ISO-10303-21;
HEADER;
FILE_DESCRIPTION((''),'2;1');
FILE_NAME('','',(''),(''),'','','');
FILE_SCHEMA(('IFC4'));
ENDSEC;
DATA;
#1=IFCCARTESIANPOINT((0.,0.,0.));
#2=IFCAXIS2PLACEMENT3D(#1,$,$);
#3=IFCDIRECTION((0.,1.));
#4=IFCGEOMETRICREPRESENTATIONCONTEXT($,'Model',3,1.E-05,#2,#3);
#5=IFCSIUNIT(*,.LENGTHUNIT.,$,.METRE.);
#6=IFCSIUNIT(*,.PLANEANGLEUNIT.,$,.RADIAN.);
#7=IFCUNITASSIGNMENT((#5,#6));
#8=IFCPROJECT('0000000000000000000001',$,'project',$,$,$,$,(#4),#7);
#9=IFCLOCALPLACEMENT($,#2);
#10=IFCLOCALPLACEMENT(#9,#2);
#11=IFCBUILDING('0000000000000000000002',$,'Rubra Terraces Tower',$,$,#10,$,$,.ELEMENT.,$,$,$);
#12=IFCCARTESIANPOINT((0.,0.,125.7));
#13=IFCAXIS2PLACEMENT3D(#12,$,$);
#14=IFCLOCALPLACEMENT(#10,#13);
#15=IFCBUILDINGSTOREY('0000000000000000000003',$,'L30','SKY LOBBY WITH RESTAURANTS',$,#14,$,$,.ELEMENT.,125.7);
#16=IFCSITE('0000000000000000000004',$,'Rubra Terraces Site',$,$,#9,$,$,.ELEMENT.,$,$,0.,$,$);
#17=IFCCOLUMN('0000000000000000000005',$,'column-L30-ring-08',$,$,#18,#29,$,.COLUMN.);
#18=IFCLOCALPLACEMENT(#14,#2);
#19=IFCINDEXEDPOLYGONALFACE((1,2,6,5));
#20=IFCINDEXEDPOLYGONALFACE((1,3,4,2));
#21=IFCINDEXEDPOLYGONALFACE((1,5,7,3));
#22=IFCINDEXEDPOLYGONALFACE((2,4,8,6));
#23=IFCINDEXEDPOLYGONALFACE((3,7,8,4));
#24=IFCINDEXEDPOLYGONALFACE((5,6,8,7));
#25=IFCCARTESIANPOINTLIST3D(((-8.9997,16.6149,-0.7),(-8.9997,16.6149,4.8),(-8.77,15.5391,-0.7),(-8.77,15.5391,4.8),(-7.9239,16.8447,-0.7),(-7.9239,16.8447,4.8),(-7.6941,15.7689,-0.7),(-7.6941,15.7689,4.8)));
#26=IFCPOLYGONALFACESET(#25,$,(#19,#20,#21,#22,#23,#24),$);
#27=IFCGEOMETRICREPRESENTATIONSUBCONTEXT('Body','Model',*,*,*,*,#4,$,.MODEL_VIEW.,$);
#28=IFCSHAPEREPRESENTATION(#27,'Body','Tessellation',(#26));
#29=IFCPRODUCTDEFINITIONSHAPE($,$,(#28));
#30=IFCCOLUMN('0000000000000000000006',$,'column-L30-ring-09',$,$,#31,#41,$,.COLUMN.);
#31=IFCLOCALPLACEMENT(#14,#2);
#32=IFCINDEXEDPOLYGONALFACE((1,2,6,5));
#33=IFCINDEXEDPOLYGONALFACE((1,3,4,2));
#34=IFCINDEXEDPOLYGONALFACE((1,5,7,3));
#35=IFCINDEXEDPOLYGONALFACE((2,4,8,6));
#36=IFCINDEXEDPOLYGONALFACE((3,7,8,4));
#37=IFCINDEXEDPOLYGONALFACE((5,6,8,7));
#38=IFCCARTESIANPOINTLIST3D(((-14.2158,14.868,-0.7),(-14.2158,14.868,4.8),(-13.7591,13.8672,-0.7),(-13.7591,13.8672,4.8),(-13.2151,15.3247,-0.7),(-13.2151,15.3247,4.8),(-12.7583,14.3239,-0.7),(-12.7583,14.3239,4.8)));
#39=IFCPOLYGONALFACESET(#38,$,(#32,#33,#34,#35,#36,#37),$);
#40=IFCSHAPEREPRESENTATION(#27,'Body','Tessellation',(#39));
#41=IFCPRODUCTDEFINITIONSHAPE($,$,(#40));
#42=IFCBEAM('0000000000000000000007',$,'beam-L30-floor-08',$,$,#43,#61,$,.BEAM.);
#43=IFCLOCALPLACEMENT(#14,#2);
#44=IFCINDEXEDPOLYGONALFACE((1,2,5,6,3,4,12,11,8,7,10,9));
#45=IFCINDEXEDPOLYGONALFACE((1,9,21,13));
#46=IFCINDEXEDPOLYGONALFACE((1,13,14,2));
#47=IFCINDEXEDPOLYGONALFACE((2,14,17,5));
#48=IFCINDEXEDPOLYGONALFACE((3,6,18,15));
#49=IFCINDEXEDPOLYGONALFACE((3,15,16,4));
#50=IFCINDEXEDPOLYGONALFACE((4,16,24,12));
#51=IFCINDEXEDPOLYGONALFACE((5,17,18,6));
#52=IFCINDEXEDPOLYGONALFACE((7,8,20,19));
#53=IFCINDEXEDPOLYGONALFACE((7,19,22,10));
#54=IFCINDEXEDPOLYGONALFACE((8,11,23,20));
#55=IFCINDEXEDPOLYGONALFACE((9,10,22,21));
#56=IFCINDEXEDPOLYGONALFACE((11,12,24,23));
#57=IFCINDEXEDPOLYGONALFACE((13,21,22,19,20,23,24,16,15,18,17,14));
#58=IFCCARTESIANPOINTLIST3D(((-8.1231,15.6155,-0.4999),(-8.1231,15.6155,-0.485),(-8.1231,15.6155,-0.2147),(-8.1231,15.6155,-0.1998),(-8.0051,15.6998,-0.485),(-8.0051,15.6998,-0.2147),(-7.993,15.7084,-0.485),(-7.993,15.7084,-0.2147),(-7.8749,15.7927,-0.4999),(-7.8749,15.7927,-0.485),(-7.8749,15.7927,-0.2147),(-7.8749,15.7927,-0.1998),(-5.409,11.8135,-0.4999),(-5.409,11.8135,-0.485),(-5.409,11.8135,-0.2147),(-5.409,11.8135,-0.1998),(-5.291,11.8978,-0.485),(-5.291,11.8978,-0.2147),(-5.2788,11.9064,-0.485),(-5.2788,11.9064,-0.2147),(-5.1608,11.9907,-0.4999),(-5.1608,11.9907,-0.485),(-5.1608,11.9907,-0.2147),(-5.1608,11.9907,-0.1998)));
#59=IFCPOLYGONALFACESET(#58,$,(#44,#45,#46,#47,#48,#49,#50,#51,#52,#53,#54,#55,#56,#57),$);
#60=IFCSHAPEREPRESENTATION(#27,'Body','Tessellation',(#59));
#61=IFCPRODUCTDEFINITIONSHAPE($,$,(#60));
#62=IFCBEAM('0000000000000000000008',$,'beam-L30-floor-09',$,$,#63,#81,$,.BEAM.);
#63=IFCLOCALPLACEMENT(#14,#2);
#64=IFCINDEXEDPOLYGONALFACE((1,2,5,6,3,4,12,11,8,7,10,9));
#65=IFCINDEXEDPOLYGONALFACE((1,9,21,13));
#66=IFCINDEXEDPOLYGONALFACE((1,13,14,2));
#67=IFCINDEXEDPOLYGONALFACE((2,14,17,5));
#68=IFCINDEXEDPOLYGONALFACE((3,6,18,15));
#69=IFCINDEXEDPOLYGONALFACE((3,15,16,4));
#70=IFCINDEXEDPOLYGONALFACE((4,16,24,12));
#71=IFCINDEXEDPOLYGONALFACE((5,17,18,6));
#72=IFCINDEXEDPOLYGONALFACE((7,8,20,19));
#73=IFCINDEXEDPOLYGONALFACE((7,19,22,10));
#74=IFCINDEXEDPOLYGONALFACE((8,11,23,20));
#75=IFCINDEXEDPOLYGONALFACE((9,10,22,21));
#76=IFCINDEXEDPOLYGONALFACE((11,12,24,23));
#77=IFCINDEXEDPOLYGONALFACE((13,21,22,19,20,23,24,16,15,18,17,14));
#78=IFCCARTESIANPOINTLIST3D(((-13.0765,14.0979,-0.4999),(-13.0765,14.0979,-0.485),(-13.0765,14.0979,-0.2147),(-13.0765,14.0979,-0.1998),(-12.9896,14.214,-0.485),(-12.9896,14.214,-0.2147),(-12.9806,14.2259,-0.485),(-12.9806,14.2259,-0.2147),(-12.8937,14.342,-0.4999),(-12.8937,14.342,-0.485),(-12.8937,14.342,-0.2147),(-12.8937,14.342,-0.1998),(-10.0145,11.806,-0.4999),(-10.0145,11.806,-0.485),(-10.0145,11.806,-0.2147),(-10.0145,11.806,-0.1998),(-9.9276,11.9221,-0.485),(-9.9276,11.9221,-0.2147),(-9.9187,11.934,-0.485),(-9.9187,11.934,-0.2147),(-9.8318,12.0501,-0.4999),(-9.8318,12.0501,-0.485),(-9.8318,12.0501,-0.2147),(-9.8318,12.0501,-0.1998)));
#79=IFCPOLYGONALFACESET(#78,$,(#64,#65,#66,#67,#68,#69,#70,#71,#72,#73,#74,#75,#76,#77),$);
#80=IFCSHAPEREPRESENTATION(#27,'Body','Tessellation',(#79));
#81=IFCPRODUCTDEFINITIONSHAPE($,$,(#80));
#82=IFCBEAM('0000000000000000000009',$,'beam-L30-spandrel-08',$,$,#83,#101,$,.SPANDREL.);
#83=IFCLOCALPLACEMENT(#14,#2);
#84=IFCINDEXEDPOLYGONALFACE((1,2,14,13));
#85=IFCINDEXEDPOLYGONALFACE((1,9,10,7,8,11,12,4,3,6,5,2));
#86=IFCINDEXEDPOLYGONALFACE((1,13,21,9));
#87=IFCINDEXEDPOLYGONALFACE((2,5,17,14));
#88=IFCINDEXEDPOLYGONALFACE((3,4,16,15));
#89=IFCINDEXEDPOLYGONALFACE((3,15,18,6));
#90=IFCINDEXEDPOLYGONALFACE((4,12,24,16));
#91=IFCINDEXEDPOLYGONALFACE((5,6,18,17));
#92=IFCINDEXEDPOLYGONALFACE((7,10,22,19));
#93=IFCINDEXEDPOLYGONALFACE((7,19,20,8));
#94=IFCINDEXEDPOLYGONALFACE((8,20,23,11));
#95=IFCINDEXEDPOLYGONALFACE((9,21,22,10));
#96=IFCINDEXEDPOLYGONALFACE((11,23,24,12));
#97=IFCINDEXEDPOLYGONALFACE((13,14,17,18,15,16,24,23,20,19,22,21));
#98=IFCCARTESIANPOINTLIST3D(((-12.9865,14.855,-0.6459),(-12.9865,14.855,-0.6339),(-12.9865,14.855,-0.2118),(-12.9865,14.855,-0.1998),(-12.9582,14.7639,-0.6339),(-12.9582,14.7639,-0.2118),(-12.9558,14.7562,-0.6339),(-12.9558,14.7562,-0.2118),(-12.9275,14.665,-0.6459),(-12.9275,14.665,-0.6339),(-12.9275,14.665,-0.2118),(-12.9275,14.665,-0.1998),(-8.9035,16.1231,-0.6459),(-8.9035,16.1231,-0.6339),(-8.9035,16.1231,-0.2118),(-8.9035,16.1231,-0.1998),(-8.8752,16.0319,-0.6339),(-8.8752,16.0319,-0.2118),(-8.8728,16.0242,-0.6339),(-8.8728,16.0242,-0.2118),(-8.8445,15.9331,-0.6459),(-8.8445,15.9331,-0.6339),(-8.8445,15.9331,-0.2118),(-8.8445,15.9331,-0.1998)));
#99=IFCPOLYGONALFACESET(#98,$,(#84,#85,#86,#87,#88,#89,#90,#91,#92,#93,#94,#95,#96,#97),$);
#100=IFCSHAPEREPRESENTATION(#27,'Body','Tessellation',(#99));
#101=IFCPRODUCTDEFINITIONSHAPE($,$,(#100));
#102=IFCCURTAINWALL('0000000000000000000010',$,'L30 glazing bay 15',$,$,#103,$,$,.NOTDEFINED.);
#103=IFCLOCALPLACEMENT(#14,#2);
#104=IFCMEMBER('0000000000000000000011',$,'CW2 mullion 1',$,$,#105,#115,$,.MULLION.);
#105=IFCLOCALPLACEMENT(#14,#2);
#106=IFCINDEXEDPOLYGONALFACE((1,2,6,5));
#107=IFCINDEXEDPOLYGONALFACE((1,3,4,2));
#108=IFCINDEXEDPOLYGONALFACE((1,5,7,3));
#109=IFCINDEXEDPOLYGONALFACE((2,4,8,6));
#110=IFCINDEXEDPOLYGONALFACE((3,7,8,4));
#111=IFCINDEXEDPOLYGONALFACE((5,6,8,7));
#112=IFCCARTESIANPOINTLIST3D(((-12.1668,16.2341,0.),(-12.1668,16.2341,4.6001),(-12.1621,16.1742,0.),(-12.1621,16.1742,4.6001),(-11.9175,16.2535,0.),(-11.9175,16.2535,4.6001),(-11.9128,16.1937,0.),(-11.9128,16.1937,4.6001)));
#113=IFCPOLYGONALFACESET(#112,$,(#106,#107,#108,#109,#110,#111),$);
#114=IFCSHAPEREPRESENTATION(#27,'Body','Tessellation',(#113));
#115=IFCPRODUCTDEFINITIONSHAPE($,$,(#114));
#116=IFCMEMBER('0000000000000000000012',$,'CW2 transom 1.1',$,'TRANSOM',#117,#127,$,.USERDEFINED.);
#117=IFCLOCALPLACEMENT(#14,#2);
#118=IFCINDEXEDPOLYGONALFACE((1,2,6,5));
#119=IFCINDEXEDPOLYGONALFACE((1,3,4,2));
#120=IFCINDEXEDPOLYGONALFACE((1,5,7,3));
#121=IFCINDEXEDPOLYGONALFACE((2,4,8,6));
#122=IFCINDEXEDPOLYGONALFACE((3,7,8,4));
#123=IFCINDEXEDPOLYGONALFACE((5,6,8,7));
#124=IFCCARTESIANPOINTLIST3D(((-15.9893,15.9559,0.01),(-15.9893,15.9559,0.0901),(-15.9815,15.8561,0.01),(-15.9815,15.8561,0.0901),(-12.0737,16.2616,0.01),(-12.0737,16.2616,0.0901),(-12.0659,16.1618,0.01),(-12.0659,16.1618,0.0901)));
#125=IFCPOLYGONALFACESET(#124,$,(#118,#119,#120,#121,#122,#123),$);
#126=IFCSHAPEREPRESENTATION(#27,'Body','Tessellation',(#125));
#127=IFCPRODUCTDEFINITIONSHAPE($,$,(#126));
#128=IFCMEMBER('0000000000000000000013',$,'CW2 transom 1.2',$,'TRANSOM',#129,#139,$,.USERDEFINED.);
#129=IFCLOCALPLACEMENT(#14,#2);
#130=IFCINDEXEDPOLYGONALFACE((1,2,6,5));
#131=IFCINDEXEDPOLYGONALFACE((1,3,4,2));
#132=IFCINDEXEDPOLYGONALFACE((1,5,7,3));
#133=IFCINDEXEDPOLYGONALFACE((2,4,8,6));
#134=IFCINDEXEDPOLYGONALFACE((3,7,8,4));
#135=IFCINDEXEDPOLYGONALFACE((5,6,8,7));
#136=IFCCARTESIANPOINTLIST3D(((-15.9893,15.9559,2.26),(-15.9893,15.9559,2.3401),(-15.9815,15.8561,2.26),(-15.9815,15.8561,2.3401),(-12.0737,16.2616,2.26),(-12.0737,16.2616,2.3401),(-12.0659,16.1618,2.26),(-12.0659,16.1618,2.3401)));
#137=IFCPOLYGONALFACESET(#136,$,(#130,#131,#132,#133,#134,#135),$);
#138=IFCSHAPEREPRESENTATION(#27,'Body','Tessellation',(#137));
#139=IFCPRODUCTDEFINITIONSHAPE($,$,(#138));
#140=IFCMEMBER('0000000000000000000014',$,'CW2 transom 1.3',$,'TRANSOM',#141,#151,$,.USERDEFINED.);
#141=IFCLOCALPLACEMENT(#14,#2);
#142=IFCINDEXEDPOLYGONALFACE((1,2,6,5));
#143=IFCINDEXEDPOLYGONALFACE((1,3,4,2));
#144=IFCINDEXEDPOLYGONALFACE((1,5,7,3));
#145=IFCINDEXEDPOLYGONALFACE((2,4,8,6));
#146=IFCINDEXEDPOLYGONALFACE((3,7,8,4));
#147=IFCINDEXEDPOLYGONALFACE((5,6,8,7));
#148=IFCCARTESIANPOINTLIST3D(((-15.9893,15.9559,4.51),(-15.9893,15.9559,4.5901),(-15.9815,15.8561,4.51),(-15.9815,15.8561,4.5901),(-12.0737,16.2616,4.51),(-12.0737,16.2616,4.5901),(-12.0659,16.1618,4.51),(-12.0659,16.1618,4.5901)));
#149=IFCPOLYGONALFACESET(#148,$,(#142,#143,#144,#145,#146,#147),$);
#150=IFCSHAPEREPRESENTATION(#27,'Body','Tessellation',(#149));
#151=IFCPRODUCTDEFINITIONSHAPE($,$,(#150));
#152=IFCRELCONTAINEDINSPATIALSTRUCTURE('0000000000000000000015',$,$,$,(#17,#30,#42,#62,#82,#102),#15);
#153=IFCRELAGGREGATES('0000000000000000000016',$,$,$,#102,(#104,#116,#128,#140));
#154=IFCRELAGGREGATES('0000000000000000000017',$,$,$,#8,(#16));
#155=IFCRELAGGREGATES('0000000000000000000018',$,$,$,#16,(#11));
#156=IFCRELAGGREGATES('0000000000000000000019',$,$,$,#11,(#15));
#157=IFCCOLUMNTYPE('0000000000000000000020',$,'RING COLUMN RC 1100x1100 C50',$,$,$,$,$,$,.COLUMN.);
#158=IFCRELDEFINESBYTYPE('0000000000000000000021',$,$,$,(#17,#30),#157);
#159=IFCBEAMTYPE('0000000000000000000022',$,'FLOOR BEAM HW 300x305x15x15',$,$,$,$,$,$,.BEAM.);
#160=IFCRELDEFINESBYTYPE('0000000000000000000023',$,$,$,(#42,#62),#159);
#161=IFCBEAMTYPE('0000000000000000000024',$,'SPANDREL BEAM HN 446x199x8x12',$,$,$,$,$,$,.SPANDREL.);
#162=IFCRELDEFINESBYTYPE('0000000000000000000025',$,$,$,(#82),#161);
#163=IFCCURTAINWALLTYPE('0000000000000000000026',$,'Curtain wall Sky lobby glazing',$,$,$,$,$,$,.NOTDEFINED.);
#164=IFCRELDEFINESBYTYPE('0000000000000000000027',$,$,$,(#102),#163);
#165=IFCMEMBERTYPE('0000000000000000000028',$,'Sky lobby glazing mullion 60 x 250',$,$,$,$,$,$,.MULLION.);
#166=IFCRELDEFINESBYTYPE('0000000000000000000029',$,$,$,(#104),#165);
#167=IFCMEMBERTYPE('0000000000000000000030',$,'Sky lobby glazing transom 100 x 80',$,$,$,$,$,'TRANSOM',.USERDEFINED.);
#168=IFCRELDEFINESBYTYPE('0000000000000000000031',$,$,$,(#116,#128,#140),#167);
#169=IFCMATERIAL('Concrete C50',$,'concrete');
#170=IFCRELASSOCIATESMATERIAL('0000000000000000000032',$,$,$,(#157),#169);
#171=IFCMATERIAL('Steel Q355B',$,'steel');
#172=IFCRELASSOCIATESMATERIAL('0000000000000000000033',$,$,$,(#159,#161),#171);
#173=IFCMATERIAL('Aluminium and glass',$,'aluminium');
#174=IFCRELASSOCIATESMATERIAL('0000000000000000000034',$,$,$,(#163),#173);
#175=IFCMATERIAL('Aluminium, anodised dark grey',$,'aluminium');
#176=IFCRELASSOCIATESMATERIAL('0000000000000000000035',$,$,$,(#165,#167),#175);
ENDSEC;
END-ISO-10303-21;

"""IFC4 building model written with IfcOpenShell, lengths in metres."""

from ifc_helpers import new_model, si_unit, direction, frame, origin, origin_2d, place, context, subcontext, project, spatial, rectangle, i_section, extrude, material, material_profile, profile_set, type_object, element, aggregate, save


model = new_model("IFC4")

# Units and contexts
model_context = context("Model", 3, precision=1e-05, world=origin(), true_north=direction((0.0, 1.0)))
body_context = subcontext(model_context, "Body", "Model", "MODEL_VIEW")
ifc_project = project(units=[si_unit("LENGTHUNIT", "METRE"), si_unit("PLANEANGLEUNIT", "RADIAN")], contexts=[model_context])

# Site, building, storey
site_placement = place(None, origin())
site = spatial("IfcSite", under=ifc_project, at=site_placement, Name="Rubra Terraces Site", CompositionType="ELEMENT", RefElevation=0.0)
building_placement = place(site_placement, origin())
building = spatial("IfcBuilding", under=site, at=building_placement, Name="Rubra Terraces Tower", CompositionType="ELEMENT")
storey_placement = place(building_placement, frame((0.0, 0.0, 125.7)))
storey = spatial("IfcBuildingStorey", under=building, at=storey_placement, Name="L30", Description="SKY LOBBY WITH RESTAURANTS", CompositionType="ELEMENT", Elevation=125.7)

# Columns
ifc_material_1 = material(Name="Concrete C50", Category="concrete")
ifc_material_profile_1 = material_profile(ifc_material_1, rectangle(XDim=1.1001, YDim=1.1001, at=origin_2d()), Name="RC 1100x1100")
ifc_profile_set_1 = profile_set([ifc_material_profile_1], Name="Concrete C50")
column_type = type_object("IfcColumnType", Name="RING COLUMN RC 1100x1100 C50", PredefinedType="COLUMN", material=ifc_profile_set_1)
for number, where, z_axis, x_axis, name in (
    (1, (-8.3469, 16.1919, -0.7), (0.0, 0.0, 1.0), (-0.977944, -0.208867, 0.0), "column-L30-ring-08"),
    (2, (-13.4871, 14.5959, -0.7), (0.0, 0.0, 1.0), (-0.909726, -0.415208, 0.0), "column-L30-ring-09"),
):
    element("IfcColumn", number, at=place(storey_placement, frame(where, z_axis=z_axis, x_axis=x_axis)), inside=storey, type_object=column_type, Name=name, PredefinedType="COLUMN", context=body_context, shape_type="SweptSolid", body=[
        extrude(rectangle(XDim=1.1001, YDim=1.1001, at=origin_2d()), origin(), (0.0, 0.0, 1.0), 5.5),
    ])

# Beams
ifc_material_2 = material(Name="Steel Q355B", Category="steel")
ifc_material_profile_2 = material_profile(ifc_material_2, i_section(OverallWidth=0.3049, OverallDepth=0.3, WebThickness=0.0149, FlangeThickness=0.0149, at=origin_2d()), Name="HW 300x305x15x15")
ifc_profile_set_2 = profile_set([ifc_material_profile_2], Name="Steel Q355B")
beam_type_1 = type_object("IfcBeamType", Name="FLOOR BEAM HW 300x305x15x15", PredefinedType="BEAM", material=ifc_profile_set_2)
beam_1_placement = place(storey_placement, frame((-7.999, 15.7041, -0.3499), z_axis=(0.581011, -0.813896, 0.0), x_axis=(0.813896, 0.581011, 0.0)))
element("IfcBeam", 3, at=beam_1_placement, inside=storey, type_object=beam_type_1, Name="beam-L30-floor-08", PredefinedType="BEAM", context=body_context, shape_type="SweptSolid", body=[
    extrude(i_section(OverallWidth=0.3049, OverallDepth=0.3, WebThickness=0.0149, FlangeThickness=0.0149, at=origin_2d()), origin(), (0.0, 0.0, 1.0), 4.6714),
])
beam_2_placement = place(storey_placement, frame((-12.9851, 14.22, -0.3499), z_axis=(0.800566, -0.599244, 0.0), x_axis=(0.599244, 0.800566, 0.0)))
element("IfcBeam", 4, at=beam_2_placement, inside=storey, type_object=beam_type_1, Name="beam-L30-floor-09", PredefinedType="BEAM", context=body_context, shape_type="SweptSolid", body=[
    extrude(i_section(OverallWidth=0.3049, OverallDepth=0.3, WebThickness=0.0149, FlangeThickness=0.0149, at=origin_2d()), origin(), (0.0, 0.0, 1.0), 3.8247),
])
ifc_material_profile_3 = material_profile(ifc_material_2, i_section(OverallWidth=0.199, OverallDepth=0.446, WebThickness=0.0081, FlangeThickness=0.012, at=origin_2d()), Name="HN 446x199x8x12")
ifc_profile_set_3 = profile_set([ifc_material_profile_3], Name="Steel Q355B")
beam_type_2 = type_object("IfcBeamType", Name="SPANDREL BEAM HN 446x199x8x12", PredefinedType="SPANDREL", material=ifc_profile_set_3)
beam_3_placement = place(storey_placement, frame((-8.874, 16.0281, -0.4229), z_axis=(-0.955003, -0.296597, 0.0), x_axis=(0.296597, -0.955003, 0.0)))
element("IfcBeam", 5, at=beam_3_placement, inside=storey, type_object=beam_type_2, Name="beam-L30-spandrel-08", PredefinedType="SPANDREL", context=body_context, shape_type="SweptSolid", body=[
    extrude(i_section(OverallWidth=0.199, OverallDepth=0.446, WebThickness=0.0081, FlangeThickness=0.012, at=origin_2d()), origin(), (0.0, 0.0, 1.0), 4.2754),
])

# Curtain wall, members
ifc_material_3 = material(Name="Aluminium and glass", Category="aluminium")
curtain_wall_type = type_object("IfcCurtainWallType", Name="Curtain wall Sky lobby glazing", PredefinedType="NOTDEFINED", material=ifc_material_3)
curtain_wall_placement = place(storey_placement, origin())
curtain_wall = element("IfcCurtainWall", 6, at=curtain_wall_placement, inside=storey, type_object=curtain_wall_type, Name="L30 glazing bay 15", PredefinedType="NOTDEFINED")
ifc_material_4 = material(Name="Aluminium, anodised dark grey", Category="aluminium")
ifc_material_profile_4 = material_profile(ifc_material_4, rectangle(XDim=0.0601, YDim=0.25, at=origin_2d()), Name="AL 60x250")
ifc_profile_set_4 = profile_set([ifc_material_profile_4], Name="Aluminium, anodised dark grey")
member_type_1 = type_object("IfcMemberType", Name="Sky lobby glazing mullion 60 x 250", PredefinedType="MULLION", material=ifc_profile_set_4)
member_1_placement = place(storey_placement, frame((-12.0398, 16.2139, 0.0), z_axis=(0.0, 0.0, 1.0), x_axis=(0.077828, -0.996967, 0.0)))
member_1 = element("IfcMember", 7, at=member_1_placement, type_object=member_type_1, Name="CW2 mullion 1", PredefinedType="MULLION", context=body_context, shape_type="SweptSolid", body=[
    extrude(rectangle(XDim=0.0601, YDim=0.25, at=origin_2d()), origin(), (0.0, 0.0, 1.0), 4.6001),
])
ifc_material_profile_5 = material_profile(ifc_material_4, rectangle(XDim=0.1001, YDim=0.0801, at=origin_2d()), Name="AL 100x80")
ifc_profile_set_5 = profile_set([ifc_material_profile_5], Name="Aluminium, anodised dark grey")
member_type_2 = type_object("IfcMemberType", Name="Sky lobby glazing transom 100 x 80", ElementType="TRANSOM", PredefinedType="USERDEFINED", material=ifc_profile_set_5)
member_2_placement = place(storey_placement, frame((-12.0698, 16.2117, 0.05), z_axis=(-0.996967, -0.077828, 0.0), x_axis=(0.077828, -0.996967, 0.0)))
member_2 = element("IfcMember", 8, at=member_2_placement, type_object=member_type_2, Name="CW2 transom 1.1", ObjectType="TRANSOM", PredefinedType="USERDEFINED", context=body_context, shape_type="SweptSolid", body=[
    extrude(rectangle(XDim=0.1001, YDim=0.0801, at=origin_2d()), origin(), (0.0, 0.0, 1.0), 3.9275),
])
member_3_placement = place(storey_placement, frame((-12.0698, 16.2117, 2.3), z_axis=(-0.996967, -0.077828, 0.0), x_axis=(0.077828, -0.996967, 0.0)))
member_3 = element("IfcMember", 9, at=member_3_placement, type_object=member_type_2, Name="CW2 transom 1.2", ObjectType="TRANSOM", PredefinedType="USERDEFINED", context=body_context, shape_type="SweptSolid", body=[
    extrude(rectangle(XDim=0.1001, YDim=0.0801, at=origin_2d()), origin(), (0.0, 0.0, 1.0), 3.9275),
])
member_4_placement = place(storey_placement, frame((-12.0698, 16.2117, 4.55), z_axis=(-0.996967, -0.077828, 0.0), x_axis=(0.077828, -0.996967, 0.0)))
member_4 = element("IfcMember", 10, at=member_4_placement, type_object=member_type_2, Name="CW2 transom 1.3", ObjectType="TRANSOM", PredefinedType="USERDEFINED", context=body_context, shape_type="SweptSolid", body=[
    extrude(rectangle(XDim=0.1001, YDim=0.0801, at=origin_2d()), origin(), (0.0, 0.0, 1.0), 3.9275),
])
aggregate(curtain_wall, [member_1, member_2, member_3, member_4])

save(model, "model.ifc")
